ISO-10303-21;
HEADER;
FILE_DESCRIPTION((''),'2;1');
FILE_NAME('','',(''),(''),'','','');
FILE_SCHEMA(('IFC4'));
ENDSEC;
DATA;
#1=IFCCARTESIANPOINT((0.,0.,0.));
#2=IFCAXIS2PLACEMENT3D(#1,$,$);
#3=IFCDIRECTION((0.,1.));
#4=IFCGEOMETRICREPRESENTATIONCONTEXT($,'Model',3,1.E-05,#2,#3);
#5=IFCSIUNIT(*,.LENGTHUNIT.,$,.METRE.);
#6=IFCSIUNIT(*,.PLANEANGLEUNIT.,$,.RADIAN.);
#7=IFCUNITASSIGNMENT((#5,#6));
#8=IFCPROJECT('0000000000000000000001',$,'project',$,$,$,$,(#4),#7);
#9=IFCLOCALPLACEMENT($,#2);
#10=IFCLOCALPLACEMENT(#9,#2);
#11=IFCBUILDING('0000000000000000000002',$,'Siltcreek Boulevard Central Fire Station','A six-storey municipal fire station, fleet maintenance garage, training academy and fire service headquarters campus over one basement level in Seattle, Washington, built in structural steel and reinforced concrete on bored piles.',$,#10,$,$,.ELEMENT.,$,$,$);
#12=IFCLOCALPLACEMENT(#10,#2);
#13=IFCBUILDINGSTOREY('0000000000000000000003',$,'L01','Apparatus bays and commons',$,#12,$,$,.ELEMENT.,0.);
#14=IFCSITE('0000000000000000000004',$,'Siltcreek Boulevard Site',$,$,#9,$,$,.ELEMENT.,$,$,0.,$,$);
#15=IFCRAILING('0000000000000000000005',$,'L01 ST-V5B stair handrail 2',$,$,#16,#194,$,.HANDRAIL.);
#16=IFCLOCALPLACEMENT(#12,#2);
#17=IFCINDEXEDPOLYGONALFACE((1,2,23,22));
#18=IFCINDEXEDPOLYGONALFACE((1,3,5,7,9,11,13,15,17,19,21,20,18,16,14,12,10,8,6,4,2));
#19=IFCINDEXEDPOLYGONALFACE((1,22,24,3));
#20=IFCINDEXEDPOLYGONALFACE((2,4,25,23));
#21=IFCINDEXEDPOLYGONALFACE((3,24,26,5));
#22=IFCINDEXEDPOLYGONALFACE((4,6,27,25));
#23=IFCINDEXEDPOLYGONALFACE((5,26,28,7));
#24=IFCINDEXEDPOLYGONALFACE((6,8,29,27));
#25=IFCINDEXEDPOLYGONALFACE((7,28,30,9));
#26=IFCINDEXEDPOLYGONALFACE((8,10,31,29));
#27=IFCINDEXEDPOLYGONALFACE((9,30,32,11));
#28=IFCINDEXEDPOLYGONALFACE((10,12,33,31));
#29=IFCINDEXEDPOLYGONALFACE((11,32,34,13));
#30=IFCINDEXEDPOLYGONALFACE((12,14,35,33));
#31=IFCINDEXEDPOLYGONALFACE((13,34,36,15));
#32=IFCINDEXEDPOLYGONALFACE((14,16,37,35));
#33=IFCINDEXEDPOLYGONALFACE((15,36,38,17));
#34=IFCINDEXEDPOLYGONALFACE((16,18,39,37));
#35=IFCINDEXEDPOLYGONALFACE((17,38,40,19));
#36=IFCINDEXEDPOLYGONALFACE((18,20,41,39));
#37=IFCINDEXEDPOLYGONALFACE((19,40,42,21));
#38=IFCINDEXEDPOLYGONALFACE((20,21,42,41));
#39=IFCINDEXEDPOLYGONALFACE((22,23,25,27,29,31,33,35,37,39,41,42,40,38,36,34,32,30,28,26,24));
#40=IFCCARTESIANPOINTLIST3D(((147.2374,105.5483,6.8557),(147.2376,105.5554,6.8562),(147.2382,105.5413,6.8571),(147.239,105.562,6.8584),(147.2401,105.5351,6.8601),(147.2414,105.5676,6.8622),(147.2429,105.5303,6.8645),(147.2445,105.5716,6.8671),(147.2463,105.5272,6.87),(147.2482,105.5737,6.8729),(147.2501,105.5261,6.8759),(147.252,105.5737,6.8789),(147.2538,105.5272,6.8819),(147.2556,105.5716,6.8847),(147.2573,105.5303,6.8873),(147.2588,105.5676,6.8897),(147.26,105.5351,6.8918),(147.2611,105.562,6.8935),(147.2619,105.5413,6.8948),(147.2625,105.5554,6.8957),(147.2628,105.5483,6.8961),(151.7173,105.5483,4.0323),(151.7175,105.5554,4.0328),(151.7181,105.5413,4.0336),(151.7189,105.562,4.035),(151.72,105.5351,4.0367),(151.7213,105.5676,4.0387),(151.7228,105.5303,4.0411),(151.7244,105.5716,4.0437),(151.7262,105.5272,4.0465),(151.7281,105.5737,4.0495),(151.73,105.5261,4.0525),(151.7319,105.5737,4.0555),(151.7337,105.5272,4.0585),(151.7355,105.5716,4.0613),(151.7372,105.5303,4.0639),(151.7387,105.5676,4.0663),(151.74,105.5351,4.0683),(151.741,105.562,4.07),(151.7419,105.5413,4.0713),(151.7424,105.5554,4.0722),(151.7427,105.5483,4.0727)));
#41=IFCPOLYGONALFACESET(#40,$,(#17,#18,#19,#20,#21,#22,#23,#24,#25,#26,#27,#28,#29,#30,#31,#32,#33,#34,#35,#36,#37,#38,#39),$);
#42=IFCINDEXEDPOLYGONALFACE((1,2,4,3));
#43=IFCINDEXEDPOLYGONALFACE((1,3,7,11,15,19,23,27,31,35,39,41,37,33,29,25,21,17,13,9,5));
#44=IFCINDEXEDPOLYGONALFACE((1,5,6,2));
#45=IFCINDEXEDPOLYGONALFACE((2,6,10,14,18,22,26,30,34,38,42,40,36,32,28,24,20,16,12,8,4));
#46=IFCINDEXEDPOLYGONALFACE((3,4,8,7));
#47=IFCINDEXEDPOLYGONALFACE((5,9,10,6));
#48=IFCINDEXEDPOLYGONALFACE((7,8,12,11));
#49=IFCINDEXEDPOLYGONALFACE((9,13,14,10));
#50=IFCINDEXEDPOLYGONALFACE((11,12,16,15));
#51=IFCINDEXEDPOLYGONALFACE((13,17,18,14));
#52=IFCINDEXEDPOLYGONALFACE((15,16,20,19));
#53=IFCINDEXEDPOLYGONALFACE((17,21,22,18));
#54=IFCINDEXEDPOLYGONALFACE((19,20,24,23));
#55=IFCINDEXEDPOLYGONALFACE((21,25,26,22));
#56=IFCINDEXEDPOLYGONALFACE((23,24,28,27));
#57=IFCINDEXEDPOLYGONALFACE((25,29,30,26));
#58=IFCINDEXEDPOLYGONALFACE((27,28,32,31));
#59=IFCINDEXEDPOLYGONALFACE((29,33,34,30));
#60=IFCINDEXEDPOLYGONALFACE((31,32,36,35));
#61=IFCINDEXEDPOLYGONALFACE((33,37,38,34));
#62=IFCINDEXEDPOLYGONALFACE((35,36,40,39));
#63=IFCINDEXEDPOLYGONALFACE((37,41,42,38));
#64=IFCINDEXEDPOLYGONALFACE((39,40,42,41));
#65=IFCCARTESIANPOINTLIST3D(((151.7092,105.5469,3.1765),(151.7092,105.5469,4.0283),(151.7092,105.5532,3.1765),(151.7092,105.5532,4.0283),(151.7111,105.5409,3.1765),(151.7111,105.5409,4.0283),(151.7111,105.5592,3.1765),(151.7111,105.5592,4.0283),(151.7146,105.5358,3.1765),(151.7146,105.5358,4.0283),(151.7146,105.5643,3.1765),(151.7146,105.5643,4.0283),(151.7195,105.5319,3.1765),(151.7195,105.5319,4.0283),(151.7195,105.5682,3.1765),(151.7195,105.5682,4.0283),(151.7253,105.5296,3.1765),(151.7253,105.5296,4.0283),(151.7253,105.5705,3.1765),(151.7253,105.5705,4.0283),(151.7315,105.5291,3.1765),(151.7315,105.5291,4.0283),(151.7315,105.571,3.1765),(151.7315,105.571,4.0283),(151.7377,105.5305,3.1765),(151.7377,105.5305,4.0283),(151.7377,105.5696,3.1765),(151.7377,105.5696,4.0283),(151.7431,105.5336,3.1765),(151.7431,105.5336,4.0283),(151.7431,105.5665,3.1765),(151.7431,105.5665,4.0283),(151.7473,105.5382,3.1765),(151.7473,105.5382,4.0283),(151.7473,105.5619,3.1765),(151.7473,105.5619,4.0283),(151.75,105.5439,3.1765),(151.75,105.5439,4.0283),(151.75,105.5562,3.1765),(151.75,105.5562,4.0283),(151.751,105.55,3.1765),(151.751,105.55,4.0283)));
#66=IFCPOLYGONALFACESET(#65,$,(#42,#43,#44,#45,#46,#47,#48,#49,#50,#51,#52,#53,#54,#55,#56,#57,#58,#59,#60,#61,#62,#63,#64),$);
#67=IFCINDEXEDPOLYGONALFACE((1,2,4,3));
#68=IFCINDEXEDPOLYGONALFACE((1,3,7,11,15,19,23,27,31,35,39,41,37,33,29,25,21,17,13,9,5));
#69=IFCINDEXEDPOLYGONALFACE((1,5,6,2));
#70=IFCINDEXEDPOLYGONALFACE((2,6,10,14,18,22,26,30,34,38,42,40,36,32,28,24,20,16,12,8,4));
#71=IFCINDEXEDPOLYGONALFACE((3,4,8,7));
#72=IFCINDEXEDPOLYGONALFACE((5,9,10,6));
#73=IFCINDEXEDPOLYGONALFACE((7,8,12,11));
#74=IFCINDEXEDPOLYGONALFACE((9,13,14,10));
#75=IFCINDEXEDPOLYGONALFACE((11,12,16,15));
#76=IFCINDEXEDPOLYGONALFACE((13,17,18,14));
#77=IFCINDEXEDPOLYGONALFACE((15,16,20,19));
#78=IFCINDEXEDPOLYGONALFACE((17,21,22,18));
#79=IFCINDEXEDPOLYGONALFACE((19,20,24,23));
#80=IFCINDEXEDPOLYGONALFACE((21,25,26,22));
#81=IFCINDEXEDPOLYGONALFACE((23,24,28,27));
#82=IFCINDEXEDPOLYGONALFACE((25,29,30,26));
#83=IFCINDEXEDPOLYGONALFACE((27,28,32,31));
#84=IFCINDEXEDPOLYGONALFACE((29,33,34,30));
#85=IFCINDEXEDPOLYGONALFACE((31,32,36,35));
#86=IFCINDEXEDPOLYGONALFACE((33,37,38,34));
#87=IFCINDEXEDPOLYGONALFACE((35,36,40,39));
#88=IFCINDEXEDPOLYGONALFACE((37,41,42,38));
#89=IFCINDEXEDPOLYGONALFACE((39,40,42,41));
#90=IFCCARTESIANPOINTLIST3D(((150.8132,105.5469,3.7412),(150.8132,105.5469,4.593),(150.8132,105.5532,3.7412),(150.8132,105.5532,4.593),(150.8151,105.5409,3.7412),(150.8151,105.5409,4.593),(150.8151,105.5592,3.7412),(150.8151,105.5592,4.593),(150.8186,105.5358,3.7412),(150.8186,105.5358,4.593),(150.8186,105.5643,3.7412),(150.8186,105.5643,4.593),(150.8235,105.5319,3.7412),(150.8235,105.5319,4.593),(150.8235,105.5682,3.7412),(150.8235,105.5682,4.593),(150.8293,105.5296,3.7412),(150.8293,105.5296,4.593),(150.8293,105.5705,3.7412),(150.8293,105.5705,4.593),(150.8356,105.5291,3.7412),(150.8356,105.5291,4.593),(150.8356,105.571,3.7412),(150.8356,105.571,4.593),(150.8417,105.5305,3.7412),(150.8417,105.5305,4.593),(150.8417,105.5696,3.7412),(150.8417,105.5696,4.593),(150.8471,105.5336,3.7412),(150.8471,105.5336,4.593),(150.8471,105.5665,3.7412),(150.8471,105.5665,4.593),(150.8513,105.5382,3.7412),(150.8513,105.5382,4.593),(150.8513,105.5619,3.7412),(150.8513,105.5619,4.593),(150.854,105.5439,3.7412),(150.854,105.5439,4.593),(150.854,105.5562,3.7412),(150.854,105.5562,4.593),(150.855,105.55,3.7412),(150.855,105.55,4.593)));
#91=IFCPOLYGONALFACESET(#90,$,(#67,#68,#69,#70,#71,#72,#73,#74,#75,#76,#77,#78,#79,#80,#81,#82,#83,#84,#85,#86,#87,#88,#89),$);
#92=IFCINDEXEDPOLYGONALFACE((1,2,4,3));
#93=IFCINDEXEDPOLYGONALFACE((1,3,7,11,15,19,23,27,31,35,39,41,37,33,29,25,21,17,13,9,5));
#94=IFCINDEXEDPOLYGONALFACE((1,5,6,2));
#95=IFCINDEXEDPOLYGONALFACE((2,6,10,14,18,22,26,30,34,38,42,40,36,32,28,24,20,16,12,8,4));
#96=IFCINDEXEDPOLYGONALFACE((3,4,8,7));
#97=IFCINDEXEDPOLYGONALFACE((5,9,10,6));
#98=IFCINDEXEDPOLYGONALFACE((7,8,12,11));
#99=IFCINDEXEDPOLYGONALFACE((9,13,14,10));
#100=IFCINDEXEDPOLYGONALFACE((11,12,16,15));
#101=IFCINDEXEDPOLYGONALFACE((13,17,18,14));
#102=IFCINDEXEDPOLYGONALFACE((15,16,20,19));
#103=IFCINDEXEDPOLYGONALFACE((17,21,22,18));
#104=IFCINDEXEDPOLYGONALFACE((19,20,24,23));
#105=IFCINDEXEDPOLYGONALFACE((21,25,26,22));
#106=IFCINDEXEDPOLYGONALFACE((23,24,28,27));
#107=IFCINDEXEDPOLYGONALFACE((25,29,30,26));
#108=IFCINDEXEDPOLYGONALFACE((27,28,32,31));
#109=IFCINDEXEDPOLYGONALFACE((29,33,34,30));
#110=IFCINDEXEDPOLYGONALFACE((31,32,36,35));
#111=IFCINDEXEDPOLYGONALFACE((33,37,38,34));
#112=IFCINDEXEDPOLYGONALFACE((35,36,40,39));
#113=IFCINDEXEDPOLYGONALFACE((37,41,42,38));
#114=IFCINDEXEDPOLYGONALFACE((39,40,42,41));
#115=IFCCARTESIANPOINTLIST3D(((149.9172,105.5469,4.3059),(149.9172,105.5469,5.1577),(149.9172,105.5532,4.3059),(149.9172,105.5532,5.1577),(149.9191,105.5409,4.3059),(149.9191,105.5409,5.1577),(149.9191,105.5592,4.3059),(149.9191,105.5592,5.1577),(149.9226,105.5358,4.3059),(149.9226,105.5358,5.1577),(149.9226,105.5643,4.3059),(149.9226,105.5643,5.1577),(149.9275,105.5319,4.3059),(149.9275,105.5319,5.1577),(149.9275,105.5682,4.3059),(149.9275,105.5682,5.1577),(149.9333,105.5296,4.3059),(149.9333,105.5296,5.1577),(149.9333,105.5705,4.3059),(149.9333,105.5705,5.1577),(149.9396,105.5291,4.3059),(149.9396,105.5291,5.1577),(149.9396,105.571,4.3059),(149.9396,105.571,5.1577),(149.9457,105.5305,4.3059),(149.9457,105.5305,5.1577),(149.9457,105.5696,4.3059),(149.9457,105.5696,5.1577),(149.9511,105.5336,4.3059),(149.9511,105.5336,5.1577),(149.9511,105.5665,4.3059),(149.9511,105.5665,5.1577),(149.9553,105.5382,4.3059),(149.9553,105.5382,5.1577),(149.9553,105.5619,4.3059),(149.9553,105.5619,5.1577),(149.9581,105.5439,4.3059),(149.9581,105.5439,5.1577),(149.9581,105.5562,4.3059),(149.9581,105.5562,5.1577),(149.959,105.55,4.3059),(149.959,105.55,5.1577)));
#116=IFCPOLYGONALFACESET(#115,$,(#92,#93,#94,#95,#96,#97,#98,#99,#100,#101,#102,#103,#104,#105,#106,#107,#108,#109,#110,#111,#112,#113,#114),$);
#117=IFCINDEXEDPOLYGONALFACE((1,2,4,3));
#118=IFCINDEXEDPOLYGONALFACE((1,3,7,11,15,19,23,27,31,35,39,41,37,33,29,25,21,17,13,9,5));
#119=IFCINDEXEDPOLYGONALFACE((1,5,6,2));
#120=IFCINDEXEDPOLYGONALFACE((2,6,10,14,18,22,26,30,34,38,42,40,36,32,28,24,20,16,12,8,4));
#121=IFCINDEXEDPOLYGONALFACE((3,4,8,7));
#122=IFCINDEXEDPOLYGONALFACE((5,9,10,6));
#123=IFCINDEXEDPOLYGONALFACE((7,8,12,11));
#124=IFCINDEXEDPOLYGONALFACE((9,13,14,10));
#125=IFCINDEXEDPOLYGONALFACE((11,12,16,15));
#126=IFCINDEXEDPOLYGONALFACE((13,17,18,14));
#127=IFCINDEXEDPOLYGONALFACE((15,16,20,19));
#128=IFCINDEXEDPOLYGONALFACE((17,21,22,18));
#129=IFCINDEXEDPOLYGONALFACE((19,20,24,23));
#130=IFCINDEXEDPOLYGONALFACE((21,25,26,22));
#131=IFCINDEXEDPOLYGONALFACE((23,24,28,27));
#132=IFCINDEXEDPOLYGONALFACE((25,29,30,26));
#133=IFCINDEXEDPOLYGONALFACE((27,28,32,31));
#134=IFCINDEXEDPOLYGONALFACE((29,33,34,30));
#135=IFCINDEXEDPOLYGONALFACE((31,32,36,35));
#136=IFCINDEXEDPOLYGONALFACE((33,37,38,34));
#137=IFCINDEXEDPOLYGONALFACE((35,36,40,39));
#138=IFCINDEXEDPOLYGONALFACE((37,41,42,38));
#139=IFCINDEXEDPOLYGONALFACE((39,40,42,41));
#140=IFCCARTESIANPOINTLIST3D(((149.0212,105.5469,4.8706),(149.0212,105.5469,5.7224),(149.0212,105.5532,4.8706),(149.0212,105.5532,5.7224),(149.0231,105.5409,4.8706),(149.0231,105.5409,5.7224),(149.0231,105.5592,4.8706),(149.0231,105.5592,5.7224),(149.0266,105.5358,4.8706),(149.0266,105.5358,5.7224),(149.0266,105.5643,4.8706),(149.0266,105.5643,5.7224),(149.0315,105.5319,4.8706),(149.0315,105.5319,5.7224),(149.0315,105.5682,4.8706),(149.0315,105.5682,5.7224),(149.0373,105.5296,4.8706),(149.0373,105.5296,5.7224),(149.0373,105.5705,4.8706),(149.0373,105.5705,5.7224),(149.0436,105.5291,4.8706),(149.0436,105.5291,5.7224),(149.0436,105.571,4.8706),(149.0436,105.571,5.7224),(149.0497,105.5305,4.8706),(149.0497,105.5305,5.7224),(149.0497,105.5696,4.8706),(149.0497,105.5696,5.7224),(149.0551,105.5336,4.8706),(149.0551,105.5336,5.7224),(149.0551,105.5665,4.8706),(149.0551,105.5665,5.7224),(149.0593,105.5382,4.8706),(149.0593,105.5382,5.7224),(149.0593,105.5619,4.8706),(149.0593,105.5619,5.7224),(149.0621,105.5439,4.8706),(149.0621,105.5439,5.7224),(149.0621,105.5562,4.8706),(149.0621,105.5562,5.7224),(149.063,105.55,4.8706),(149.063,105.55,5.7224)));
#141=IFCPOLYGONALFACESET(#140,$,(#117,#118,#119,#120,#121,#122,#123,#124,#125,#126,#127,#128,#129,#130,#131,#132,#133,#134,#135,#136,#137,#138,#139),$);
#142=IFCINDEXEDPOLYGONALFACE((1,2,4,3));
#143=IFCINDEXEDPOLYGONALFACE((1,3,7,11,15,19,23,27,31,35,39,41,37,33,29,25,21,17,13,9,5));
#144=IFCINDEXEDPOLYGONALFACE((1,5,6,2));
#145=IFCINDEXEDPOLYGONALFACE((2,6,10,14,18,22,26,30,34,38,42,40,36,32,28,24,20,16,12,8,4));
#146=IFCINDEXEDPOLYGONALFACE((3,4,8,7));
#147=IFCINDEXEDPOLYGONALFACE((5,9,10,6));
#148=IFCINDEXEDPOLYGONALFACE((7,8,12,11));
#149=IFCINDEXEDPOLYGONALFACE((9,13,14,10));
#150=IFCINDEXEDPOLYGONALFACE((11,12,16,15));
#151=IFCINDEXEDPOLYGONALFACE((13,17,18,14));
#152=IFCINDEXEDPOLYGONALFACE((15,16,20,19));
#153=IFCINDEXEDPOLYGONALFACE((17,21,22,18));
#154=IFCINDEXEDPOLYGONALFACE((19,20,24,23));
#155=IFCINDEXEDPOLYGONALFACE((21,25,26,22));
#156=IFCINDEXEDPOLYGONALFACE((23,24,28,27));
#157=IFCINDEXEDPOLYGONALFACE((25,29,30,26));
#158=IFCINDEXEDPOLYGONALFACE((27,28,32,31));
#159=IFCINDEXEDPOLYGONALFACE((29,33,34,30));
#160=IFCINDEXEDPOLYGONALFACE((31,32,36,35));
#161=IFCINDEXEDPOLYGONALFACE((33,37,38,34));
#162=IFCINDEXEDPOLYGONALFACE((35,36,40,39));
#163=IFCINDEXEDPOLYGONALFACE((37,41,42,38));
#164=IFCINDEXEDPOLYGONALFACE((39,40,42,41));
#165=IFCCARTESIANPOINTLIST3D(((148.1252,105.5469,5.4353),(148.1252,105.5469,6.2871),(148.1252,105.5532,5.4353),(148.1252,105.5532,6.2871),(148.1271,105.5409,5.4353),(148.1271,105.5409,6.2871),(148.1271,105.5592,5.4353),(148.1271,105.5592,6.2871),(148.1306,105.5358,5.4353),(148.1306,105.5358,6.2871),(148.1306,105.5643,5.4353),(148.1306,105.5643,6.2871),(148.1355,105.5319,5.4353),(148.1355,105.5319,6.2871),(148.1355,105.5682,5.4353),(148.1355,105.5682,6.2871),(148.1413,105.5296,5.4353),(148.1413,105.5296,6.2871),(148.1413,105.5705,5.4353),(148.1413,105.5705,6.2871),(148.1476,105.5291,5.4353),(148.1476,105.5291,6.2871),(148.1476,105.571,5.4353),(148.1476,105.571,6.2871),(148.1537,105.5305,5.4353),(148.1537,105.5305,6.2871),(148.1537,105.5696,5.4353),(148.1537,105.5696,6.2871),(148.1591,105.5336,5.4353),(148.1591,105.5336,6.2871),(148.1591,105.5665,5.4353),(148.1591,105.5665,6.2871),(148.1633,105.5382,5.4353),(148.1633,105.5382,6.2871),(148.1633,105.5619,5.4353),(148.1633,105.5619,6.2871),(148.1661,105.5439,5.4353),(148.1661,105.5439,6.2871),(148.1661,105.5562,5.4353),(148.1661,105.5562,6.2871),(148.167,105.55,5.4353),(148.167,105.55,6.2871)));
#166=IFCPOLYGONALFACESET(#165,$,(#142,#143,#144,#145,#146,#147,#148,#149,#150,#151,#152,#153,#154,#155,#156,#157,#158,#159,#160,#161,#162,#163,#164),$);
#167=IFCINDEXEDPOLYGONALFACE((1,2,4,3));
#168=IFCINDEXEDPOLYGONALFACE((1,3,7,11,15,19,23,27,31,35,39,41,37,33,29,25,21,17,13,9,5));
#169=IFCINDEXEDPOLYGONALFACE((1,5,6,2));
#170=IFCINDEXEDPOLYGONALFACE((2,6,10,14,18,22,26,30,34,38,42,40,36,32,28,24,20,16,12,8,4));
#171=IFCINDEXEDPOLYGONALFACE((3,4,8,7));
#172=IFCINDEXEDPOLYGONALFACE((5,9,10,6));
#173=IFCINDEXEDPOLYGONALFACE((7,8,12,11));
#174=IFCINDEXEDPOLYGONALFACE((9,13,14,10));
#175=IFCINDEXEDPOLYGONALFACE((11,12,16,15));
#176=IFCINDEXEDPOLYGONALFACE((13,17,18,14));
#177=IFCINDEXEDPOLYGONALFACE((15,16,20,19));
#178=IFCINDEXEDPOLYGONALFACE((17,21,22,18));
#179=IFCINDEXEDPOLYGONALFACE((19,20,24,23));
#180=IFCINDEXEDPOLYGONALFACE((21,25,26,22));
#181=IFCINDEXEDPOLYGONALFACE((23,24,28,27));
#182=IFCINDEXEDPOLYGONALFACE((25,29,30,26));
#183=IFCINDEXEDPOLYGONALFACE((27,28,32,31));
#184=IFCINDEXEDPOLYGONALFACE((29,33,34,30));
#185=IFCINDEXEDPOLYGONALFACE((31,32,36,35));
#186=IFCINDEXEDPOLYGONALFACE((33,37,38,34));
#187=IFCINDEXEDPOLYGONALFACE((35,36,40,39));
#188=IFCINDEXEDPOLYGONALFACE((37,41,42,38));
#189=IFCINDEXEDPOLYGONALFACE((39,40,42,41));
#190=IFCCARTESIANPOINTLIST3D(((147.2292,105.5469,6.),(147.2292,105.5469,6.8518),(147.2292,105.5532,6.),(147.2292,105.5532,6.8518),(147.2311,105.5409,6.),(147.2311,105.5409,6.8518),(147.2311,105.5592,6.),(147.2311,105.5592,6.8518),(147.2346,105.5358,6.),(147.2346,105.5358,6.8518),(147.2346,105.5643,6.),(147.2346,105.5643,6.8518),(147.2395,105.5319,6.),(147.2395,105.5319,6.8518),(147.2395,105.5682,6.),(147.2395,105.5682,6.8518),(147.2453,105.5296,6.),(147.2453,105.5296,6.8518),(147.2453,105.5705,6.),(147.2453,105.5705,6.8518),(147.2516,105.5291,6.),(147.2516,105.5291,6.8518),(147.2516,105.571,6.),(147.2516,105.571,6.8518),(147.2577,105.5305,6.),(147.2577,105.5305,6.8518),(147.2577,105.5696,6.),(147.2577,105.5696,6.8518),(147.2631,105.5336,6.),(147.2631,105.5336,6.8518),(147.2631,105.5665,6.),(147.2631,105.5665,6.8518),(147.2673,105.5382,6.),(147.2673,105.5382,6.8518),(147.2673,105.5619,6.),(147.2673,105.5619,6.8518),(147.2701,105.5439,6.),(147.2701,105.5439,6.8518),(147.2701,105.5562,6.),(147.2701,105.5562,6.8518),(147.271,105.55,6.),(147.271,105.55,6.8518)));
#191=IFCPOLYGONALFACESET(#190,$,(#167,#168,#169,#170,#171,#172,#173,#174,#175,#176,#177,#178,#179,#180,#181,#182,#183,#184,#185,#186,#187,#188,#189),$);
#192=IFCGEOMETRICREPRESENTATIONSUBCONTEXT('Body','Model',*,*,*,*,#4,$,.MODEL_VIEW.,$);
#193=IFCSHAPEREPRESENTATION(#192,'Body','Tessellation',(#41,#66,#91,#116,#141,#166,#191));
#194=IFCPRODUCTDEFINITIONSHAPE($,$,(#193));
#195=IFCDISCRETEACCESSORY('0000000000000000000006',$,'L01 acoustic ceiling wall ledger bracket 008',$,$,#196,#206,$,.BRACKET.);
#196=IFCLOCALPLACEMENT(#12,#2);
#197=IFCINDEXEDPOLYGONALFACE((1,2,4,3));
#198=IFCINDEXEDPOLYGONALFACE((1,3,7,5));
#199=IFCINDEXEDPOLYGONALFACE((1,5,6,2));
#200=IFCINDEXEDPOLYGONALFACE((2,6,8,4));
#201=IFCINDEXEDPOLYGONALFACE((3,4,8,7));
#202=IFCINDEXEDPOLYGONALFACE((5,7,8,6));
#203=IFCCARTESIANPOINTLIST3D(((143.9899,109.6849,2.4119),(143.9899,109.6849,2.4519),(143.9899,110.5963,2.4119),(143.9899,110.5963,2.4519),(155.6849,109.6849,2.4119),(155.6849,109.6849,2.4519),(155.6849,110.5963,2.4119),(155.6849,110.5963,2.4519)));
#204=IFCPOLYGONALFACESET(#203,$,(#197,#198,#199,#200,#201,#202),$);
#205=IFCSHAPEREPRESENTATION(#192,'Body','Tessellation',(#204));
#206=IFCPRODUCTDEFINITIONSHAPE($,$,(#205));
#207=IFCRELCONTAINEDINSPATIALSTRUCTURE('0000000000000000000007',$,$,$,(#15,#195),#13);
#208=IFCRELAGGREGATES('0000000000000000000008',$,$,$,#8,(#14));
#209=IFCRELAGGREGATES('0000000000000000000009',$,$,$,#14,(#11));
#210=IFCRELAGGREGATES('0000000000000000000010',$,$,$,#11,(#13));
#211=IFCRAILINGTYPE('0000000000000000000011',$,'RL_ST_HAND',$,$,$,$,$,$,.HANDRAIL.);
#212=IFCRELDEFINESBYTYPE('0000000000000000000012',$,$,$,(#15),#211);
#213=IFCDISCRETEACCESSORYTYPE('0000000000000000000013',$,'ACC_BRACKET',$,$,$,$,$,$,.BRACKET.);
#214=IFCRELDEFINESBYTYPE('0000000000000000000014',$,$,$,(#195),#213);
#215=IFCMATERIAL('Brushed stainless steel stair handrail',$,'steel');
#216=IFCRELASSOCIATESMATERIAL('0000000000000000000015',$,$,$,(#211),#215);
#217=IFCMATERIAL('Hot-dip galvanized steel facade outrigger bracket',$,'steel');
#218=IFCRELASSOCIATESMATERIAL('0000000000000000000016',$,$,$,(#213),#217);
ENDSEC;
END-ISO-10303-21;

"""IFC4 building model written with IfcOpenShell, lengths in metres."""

from ifc_helpers import new_model, si_unit, direction, frame, origin, origin_2d, place, context, subcontext, project, spatial, rectangle, circle, extrude, material, type_object, element, save


model = new_model("IFC4")

# Units and contexts
model_context = context("Model", 3, precision=1e-05, world=origin(), true_north=direction((0.0, 1.0)))
body_context = subcontext(model_context, "Body", "Model", "MODEL_VIEW")
ifc_project = project(units=[si_unit("LENGTHUNIT", "METRE"), si_unit("PLANEANGLEUNIT", "RADIAN")], contexts=[model_context])

# Site, building, storey
site_placement = place(None, origin())
site = spatial("IfcSite", under=ifc_project, at=site_placement, Name="Siltcreek Boulevard Site", CompositionType="ELEMENT", RefElevation=0.0)
building_placement = place(site_placement, origin())
building = spatial("IfcBuilding", under=site, at=building_placement, Name="Siltcreek Boulevard Central Fire Station", Description="A six-storey municipal fire station, fleet maintenance garage, training academy and fire service headquarters campus over one basement level in Seattle, Washington, built in structural steel and reinforced concrete on bored piles.", CompositionType="ELEMENT")
storey_placement = place(building_placement, origin())
storey = spatial("IfcBuildingStorey", under=building, at=storey_placement, Name="L01", Description="Apparatus bays and commons", CompositionType="ELEMENT", Elevation=0.0)

# Railing
ifc_material_1 = material(Name="Brushed stainless steel stair handrail", Category="steel")
railing_type_1 = type_object("IfcRailingType", Name="RL_ST_HAND", PredefinedType="HANDRAIL", material=ifc_material_1)
railing_1_placement = place(storey_placement, frame((151.73, 105.55, 3.1765)))
element("IfcRailing", 1, at=railing_1_placement, inside=storey, type_object=railing_type_1, Name="L01 ST-V5B stair handrail 2", PredefinedType="HANDRAIL", context=body_context, shape_type="SweptSolid", body=[
    extrude(circle(Radius=0.0239, at=origin_2d()), frame((0.0, 0.0, 0.876), z_axis=(-0.845998, 0.0, 0.533186), x_axis=(0.0, -1.0, 0.0)), (0.0, 0.0, 1.0), 5.2954),
    extrude(circle(Radius=0.021, at=origin_2d()), origin(), (0.0, 0.0, 1.0), 0.8518),
    extrude(circle(Radius=0.021, at=origin_2d()), frame((-0.896, 0.0, 0.5647)), (0.0, 0.0, 1.0), 0.8518),
    extrude(circle(Radius=0.021, at=origin_2d()), frame((-1.792, 0.0, 1.1294)), (0.0, 0.0, 1.0), 0.8518),
    extrude(circle(Radius=0.021, at=origin_2d()), frame((-2.688, 0.0, 1.6941)), (0.0, 0.0, 1.0), 0.8518),
    extrude(circle(Radius=0.021, at=origin_2d()), frame((-3.584, 0.0, 2.2588)), (0.0, 0.0, 1.0), 0.8518),
    extrude(circle(Radius=0.021, at=origin_2d()), frame((-4.48, 0.0, 2.8235)), (0.0, 0.0, 1.0), 0.8518),
])

# Discrete accessory
ifc_material_2 = material(Name="Hot-dip galvanized steel facade outrigger bracket", Category="steel")
discrete_accessory_type = type_object("IfcDiscreteAccessoryType", Name="ACC_BRACKET", PredefinedType="BRACKET", material=ifc_material_2)
discrete_accessory_placement = place(storey_placement, frame((149.8374, 110.1406, 2.4119), z_axis=(0.0, 0.0, 1.0), x_axis=(1.0, 0.0, 0.0)))
element("IfcDiscreteAccessory", 2, at=discrete_accessory_placement, inside=storey, type_object=discrete_accessory_type, Name="L01 acoustic ceiling wall ledger bracket 008", PredefinedType="BRACKET", context=body_context, shape_type="SweptSolid", body=[
    extrude(rectangle(XDim=11.6951, YDim=0.9114, at=origin_2d()), origin(), (0.0, 0.0, 1.0), 0.04),
])

save(model, "model.ifc")
